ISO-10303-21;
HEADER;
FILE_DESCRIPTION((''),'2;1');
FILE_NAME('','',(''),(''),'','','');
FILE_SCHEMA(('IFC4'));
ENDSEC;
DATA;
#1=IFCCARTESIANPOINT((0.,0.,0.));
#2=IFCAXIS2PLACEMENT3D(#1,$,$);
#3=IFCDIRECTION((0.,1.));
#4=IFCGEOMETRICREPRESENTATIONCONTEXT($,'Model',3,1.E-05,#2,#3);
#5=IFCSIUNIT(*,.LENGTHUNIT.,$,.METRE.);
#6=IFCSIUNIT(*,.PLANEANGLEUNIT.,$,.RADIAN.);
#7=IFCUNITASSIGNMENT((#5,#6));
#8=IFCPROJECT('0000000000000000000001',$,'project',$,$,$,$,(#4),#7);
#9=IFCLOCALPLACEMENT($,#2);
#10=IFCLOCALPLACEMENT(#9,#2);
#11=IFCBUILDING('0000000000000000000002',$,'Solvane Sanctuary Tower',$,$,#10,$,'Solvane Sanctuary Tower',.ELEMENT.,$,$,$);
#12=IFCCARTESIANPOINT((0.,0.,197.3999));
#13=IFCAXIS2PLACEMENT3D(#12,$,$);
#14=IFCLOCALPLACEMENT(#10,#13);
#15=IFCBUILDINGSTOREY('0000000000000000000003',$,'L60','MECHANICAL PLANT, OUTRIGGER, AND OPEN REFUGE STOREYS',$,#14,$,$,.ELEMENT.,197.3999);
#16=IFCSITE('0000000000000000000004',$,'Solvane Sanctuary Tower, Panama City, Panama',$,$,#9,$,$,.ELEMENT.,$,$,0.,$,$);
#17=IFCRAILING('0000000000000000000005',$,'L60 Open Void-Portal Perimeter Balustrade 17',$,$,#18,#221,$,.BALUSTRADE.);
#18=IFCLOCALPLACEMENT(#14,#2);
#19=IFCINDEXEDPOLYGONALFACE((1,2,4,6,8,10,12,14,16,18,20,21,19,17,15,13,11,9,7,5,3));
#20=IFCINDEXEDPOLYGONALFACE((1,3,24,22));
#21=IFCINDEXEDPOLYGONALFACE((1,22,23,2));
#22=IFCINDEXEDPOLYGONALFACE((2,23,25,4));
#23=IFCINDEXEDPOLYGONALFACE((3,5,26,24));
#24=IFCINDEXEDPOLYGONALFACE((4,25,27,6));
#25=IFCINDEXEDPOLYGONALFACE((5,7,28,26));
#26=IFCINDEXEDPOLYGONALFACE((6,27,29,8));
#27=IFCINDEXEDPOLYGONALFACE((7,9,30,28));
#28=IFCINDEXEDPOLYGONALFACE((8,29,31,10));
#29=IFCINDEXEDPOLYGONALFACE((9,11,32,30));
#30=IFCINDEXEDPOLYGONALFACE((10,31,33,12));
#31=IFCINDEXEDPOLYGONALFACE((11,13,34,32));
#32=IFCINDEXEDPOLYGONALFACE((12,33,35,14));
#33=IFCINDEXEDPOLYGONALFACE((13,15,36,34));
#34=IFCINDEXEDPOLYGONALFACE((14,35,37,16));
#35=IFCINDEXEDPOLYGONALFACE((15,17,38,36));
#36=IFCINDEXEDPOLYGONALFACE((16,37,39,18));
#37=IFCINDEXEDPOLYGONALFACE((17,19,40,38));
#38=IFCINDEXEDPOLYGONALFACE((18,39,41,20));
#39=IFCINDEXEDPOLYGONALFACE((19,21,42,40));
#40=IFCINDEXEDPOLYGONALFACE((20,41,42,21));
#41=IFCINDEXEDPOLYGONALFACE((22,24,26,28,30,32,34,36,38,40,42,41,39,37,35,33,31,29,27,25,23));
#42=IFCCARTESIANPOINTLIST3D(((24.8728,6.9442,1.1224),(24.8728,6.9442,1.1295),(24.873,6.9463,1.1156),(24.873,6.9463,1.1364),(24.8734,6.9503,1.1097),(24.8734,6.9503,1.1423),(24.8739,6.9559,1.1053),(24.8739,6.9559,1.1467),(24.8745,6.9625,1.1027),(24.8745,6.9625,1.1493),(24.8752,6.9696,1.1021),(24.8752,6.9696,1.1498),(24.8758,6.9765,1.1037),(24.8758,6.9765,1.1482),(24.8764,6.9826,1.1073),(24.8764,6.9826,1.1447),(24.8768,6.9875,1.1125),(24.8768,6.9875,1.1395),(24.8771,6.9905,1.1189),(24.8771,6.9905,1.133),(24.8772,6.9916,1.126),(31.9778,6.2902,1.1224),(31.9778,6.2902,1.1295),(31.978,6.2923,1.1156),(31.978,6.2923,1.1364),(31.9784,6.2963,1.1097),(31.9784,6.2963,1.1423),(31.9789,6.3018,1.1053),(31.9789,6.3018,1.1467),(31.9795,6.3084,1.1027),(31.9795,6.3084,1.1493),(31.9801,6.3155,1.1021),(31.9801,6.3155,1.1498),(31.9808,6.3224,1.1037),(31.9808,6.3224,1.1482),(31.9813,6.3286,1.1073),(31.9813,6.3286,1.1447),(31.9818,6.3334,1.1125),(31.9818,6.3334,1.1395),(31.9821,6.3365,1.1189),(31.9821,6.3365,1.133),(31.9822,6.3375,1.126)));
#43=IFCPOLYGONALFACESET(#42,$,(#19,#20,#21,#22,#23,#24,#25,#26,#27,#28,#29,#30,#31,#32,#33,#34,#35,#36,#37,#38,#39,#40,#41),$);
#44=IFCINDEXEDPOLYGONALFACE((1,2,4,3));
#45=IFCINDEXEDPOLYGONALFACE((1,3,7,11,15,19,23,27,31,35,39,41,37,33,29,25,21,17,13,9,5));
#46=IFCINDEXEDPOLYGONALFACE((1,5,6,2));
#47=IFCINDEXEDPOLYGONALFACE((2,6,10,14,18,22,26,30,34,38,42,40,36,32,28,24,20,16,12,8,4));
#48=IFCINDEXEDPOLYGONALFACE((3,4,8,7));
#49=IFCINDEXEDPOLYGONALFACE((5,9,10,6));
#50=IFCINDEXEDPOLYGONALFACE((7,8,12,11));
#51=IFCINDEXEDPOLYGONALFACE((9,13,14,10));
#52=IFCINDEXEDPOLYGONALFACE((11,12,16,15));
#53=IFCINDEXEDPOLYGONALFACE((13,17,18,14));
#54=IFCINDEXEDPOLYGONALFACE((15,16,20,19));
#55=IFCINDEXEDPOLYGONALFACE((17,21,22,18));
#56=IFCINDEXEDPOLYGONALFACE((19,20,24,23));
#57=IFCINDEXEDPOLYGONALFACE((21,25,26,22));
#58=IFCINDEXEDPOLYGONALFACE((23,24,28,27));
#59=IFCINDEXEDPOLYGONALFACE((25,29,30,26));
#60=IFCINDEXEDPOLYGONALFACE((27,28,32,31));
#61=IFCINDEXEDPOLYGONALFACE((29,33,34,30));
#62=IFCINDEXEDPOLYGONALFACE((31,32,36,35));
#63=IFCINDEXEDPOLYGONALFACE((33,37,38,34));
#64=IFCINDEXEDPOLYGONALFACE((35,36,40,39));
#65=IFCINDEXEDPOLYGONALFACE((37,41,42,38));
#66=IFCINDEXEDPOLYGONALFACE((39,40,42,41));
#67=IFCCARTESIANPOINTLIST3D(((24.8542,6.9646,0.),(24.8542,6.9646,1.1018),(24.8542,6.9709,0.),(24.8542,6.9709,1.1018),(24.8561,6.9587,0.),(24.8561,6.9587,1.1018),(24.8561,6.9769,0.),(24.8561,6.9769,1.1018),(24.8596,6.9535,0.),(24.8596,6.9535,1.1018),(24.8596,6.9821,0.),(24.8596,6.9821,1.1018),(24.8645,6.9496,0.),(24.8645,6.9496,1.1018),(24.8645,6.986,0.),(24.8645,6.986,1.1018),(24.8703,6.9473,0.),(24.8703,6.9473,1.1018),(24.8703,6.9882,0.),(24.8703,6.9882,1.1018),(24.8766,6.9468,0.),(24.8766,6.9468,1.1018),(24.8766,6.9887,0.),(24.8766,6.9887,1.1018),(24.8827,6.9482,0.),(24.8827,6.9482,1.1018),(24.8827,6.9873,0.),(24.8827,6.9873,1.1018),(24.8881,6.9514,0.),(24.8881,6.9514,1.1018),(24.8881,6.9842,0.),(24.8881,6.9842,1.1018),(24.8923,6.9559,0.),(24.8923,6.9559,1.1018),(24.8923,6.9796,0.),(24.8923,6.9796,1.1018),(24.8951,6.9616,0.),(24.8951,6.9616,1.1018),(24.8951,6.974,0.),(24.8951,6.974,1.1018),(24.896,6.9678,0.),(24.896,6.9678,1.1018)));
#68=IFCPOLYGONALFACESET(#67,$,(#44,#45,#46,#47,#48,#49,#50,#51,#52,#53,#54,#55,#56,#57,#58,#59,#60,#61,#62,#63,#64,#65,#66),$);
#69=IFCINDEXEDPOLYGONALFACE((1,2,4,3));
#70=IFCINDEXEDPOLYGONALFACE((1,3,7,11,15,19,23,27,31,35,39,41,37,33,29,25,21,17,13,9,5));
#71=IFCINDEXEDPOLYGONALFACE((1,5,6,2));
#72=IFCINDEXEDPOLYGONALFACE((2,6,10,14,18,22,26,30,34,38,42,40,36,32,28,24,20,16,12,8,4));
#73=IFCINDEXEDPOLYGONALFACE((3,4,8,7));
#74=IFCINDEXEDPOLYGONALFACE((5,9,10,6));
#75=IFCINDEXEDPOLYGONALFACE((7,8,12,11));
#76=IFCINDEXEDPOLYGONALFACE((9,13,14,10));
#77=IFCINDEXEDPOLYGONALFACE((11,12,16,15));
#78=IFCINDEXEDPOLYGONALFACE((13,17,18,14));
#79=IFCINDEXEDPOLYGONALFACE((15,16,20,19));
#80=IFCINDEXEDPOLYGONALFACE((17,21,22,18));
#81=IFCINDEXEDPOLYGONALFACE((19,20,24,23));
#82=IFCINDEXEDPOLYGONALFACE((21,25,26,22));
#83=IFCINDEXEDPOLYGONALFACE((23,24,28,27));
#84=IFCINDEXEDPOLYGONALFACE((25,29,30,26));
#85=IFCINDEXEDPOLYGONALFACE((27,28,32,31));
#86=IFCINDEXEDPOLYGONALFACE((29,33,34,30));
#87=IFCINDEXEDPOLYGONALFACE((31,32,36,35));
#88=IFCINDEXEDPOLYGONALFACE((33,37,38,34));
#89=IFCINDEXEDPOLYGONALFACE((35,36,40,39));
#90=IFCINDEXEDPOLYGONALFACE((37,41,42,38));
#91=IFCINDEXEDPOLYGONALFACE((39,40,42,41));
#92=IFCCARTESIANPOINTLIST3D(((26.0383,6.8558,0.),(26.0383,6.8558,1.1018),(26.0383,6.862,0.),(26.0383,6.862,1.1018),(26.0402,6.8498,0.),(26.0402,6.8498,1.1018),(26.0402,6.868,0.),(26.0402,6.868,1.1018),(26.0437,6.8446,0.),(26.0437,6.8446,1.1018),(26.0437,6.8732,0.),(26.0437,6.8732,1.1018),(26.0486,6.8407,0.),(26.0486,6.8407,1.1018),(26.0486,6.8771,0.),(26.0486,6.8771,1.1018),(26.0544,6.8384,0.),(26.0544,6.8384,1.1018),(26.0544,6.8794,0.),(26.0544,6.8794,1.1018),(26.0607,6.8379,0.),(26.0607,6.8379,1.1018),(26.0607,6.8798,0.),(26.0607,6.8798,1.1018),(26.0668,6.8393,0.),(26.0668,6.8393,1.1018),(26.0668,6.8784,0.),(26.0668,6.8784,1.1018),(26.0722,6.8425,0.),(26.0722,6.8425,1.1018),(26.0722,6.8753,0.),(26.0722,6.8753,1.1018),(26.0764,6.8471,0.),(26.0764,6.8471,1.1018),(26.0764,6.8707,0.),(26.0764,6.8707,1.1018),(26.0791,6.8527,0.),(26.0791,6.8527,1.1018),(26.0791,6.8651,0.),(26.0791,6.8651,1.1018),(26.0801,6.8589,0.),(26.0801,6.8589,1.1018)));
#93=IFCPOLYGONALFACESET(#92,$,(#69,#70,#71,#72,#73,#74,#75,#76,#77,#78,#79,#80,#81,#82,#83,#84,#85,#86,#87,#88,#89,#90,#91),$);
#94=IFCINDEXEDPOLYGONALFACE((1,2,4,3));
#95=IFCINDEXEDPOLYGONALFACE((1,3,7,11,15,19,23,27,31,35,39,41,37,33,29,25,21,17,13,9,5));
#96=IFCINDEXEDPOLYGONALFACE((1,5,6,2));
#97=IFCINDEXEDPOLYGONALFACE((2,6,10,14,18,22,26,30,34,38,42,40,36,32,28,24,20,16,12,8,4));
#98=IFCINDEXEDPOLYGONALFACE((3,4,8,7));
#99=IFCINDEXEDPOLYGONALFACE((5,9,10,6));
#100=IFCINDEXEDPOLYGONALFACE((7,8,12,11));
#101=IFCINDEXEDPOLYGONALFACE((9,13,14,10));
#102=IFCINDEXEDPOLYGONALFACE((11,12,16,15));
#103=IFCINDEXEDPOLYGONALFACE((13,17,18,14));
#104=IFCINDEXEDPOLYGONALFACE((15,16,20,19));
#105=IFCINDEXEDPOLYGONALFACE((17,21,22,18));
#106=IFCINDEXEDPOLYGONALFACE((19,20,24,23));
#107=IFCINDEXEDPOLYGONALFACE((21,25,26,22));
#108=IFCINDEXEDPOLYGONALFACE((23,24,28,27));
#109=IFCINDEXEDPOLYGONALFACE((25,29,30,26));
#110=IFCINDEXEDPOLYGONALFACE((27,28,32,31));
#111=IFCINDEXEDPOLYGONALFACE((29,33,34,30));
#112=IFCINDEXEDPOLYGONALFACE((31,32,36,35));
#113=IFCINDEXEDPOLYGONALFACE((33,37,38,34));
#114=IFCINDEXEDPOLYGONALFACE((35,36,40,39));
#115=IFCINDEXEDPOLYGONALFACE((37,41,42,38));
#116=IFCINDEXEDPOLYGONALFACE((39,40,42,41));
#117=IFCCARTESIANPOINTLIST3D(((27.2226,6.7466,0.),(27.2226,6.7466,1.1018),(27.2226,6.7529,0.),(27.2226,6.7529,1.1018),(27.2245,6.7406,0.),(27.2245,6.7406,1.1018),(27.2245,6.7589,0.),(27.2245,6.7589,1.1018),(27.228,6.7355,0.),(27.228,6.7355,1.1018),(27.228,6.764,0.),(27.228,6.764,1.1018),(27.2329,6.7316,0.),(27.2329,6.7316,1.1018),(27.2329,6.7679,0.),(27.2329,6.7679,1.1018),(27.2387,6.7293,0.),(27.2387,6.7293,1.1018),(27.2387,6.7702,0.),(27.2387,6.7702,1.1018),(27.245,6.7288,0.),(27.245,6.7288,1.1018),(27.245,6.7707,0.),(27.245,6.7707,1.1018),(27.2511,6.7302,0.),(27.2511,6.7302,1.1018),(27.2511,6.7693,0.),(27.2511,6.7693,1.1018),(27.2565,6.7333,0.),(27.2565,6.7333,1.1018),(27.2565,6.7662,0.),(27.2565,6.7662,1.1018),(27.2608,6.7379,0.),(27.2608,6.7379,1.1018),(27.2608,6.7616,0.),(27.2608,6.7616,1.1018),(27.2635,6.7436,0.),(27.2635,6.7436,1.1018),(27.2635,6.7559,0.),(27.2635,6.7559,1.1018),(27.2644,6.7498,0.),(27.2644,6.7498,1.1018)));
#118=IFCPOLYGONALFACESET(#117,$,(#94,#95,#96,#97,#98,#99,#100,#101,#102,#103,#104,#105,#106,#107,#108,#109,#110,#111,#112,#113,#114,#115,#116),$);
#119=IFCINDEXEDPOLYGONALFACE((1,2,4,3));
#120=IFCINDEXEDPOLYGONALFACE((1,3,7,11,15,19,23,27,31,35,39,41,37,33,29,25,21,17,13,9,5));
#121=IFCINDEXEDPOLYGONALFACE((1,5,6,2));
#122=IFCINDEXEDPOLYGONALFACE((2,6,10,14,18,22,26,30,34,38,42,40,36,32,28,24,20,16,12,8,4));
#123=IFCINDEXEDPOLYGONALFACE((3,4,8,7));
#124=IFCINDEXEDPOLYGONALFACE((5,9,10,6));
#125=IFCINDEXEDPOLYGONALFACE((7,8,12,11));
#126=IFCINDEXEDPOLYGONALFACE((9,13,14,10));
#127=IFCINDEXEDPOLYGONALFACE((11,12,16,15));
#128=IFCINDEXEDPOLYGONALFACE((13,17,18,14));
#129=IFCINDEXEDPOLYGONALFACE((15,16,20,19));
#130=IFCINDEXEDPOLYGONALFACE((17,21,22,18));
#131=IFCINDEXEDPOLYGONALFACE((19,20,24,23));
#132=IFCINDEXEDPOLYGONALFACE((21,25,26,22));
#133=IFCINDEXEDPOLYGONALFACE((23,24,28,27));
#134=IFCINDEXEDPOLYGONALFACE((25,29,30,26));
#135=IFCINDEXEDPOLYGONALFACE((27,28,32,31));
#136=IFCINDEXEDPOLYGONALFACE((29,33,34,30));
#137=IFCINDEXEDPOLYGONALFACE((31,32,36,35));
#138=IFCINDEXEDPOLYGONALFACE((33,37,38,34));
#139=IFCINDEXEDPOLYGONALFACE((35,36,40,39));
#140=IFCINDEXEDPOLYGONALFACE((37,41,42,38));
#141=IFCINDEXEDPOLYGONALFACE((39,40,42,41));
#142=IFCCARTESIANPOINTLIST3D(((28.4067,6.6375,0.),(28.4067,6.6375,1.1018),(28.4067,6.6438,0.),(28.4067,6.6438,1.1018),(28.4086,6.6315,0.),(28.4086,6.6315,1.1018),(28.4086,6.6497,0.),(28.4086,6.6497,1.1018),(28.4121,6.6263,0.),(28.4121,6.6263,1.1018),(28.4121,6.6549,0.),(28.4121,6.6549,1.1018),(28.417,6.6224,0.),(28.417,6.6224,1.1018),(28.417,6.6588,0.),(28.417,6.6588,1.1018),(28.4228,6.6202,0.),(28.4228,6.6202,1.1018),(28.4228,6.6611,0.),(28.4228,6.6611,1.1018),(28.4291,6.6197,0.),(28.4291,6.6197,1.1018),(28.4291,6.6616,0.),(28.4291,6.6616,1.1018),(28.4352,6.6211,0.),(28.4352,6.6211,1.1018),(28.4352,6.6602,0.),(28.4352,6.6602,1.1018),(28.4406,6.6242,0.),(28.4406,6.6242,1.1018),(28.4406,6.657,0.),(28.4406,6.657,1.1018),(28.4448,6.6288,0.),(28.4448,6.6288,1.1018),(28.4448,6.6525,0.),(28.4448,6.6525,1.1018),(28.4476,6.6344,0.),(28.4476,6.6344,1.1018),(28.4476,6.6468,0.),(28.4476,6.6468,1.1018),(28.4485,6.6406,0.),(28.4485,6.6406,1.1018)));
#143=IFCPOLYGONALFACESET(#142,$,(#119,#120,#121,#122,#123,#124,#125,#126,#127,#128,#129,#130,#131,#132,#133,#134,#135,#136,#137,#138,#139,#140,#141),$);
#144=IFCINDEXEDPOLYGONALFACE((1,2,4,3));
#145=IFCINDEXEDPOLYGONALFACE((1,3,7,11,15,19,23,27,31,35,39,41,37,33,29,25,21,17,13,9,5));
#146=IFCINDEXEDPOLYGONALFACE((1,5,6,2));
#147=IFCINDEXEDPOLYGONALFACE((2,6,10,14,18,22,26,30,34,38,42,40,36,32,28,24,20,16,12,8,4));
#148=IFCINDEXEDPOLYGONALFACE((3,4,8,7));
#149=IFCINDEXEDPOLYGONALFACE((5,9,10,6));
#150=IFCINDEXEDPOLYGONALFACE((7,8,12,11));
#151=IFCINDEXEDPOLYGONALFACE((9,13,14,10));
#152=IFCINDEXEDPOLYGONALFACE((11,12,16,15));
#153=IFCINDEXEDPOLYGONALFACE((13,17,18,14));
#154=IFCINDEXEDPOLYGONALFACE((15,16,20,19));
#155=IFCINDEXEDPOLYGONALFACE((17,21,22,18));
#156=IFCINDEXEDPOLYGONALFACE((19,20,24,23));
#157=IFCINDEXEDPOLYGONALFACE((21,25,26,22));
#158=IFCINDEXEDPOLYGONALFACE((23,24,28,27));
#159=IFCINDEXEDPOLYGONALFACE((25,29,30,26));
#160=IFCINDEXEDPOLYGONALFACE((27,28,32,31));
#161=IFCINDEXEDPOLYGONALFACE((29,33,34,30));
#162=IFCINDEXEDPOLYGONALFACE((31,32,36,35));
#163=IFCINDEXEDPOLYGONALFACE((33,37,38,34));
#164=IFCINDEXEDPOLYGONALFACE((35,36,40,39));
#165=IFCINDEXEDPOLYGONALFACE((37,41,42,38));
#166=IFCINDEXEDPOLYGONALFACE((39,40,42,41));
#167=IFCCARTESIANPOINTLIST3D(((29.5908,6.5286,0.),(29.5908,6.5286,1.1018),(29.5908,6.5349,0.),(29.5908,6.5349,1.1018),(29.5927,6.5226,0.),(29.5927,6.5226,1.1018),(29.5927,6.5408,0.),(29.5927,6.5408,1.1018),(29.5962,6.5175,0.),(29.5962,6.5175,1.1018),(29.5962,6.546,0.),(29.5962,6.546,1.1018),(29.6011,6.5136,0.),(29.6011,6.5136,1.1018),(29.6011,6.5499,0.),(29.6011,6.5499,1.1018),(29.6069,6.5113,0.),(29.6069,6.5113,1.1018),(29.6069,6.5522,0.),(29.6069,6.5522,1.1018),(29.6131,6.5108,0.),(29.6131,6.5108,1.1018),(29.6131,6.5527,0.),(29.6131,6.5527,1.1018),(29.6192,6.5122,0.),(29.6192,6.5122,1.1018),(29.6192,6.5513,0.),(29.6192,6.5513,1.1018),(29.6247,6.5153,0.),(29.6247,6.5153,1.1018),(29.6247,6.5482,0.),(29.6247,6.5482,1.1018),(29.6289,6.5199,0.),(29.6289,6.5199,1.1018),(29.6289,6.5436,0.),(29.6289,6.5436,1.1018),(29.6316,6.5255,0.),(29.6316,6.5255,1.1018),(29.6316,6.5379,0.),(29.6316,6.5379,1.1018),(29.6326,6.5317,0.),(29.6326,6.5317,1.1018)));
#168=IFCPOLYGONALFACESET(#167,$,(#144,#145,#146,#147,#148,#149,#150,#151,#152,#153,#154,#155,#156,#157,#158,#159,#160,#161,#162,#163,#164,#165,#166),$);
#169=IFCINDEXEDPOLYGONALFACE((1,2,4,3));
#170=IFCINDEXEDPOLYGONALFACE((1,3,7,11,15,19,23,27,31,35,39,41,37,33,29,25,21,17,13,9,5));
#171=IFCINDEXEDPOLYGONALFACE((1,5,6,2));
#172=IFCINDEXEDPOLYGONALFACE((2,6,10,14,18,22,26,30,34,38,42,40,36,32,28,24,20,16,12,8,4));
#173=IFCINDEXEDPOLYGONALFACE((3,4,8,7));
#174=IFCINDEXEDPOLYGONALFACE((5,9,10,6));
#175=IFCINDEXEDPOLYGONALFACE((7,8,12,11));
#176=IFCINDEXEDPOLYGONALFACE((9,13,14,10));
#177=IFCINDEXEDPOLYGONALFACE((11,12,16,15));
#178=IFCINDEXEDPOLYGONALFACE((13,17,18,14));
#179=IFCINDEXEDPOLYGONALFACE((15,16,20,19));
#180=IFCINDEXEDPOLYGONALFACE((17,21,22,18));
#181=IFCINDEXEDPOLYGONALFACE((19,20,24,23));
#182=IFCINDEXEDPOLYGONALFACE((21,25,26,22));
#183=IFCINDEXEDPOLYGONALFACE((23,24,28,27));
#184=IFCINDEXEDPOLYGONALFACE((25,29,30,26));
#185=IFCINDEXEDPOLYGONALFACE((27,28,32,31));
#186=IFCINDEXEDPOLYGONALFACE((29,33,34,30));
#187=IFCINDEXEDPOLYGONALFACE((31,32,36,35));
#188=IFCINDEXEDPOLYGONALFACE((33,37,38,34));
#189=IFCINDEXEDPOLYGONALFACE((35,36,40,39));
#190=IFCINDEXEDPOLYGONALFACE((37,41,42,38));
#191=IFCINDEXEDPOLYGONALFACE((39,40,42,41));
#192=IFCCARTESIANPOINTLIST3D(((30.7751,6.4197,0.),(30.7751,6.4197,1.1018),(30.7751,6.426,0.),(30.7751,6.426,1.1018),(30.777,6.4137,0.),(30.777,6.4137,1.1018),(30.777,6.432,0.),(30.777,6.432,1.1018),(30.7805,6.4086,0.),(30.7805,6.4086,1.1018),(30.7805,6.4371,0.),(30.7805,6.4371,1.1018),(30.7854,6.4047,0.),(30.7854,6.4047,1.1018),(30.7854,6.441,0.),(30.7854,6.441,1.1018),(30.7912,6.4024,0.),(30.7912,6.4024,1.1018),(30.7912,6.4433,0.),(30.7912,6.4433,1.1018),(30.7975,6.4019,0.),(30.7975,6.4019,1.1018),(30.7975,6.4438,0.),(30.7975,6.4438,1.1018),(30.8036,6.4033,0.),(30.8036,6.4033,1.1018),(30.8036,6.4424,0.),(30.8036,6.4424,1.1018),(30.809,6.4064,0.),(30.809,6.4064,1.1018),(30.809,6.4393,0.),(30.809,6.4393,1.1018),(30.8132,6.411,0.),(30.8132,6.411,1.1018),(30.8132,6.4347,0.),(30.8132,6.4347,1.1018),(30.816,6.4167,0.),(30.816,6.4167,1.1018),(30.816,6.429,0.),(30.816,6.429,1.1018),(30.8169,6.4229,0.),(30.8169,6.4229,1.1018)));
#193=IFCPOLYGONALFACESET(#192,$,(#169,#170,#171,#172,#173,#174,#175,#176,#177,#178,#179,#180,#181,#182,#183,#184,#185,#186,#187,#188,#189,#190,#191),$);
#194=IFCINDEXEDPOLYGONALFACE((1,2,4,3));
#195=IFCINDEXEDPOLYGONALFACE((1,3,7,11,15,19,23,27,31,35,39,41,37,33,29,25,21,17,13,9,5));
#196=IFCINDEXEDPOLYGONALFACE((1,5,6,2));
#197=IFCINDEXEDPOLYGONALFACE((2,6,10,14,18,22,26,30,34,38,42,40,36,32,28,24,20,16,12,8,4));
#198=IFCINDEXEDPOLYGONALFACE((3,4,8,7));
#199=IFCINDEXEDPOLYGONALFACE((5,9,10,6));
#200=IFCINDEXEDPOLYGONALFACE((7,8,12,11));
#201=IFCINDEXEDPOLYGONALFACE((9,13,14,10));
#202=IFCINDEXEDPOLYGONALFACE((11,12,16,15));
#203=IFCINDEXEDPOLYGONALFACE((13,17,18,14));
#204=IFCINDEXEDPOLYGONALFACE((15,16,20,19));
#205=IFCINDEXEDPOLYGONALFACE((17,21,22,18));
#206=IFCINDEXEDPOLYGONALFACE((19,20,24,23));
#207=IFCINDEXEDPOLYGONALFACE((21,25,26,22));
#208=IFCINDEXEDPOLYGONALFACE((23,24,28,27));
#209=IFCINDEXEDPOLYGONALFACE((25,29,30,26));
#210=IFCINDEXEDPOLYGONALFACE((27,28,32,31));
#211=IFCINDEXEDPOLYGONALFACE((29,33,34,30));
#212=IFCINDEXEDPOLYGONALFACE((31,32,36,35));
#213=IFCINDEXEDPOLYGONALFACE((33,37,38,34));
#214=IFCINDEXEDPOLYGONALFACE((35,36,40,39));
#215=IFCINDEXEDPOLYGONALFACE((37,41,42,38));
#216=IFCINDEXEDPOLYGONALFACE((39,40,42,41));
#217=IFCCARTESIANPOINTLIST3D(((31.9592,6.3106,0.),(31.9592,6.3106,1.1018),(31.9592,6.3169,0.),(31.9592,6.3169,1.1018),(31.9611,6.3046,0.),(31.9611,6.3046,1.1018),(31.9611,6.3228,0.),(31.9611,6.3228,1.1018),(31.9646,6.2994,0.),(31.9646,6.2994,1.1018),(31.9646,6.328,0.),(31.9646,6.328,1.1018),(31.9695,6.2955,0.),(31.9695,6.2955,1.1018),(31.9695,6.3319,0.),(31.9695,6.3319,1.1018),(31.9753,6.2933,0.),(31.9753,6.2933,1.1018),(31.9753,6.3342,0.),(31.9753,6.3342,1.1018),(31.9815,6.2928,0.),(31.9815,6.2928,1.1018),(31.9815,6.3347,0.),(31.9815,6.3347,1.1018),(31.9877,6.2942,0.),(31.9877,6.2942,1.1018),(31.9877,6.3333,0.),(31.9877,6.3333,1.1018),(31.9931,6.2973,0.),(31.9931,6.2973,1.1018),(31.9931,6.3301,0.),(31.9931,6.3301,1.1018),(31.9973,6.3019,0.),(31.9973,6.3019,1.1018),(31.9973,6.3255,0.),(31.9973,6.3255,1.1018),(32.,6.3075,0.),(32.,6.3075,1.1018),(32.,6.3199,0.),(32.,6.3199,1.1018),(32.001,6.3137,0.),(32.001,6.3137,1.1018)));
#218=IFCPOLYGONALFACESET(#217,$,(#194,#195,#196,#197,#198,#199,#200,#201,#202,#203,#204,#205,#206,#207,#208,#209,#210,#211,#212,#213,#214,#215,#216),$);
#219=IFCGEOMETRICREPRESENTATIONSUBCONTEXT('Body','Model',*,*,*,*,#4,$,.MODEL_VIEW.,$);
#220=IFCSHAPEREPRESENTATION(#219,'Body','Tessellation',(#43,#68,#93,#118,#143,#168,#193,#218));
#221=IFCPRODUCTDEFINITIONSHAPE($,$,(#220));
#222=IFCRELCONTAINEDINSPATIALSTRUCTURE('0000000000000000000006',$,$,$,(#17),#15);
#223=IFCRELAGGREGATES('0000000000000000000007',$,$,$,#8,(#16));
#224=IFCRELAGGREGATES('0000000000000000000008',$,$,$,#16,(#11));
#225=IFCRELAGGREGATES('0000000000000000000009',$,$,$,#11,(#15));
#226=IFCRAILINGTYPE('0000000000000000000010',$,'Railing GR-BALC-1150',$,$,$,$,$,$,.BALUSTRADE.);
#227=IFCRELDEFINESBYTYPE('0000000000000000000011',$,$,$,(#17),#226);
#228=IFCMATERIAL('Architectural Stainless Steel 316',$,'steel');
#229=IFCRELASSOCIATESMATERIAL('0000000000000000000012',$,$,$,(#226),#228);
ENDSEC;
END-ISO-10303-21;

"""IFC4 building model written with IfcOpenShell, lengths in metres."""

from ifc_helpers import new_model, si_unit, direction, frame, origin, origin_2d, place, context, subcontext, project, spatial, circle, extrude, material, type_object, element, save


model = new_model("IFC4")

# Units and contexts
model_context = context("Model", 3, precision=1e-05, world=origin(), true_north=direction((0.0, 1.0)))
body_context = subcontext(model_context, "Body", "Model", "MODEL_VIEW")
ifc_project = project(units=[si_unit("LENGTHUNIT", "METRE"), si_unit("PLANEANGLEUNIT", "RADIAN")], contexts=[model_context])

# Site, building, storey
site_placement = place(None, origin())
site = spatial("IfcSite", under=ifc_project, at=site_placement, Name="Solvane Sanctuary Tower, Panama City, Panama", CompositionType="ELEMENT", RefElevation=0.0)
building_placement = place(site_placement, origin())
building = spatial("IfcBuilding", under=site, at=building_placement, Name="Solvane Sanctuary Tower", LongName="Solvane Sanctuary Tower", CompositionType="ELEMENT")
storey_placement = place(building_placement, frame((0.0, 0.0, 197.3999)))
storey = spatial("IfcBuildingStorey", under=building, at=storey_placement, Name="L60", Description="MECHANICAL PLANT, OUTRIGGER, AND OPEN REFUGE STOREYS", CompositionType="ELEMENT", Elevation=197.3999)

# Shared definitions
ifc_material_1 = material(Name="Architectural Stainless Steel 316", Category="steel")

# Railing
railing_type_1 = type_object("IfcRailingType", Name="Railing GR-BALC-1150", PredefinedType="BALUSTRADE", material=ifc_material_1)
railing_1_placement = place(storey_placement, frame((24.875, 6.9678, 0.0)))
element("IfcRailing", 1, at=railing_1_placement, inside=storey, type_object=railing_type_1, Name="L60 Open Void-Portal Perimeter Balustrade 17", PredefinedType="BALUSTRADE", context=body_context, shape_type="SweptSolid", body=[
    extrude(circle(Radius=0.0239, at=origin_2d()), frame((0.0, 0.0, 1.126), z_axis=(0.99579, -0.091668, 0.0), x_axis=(0.091668, 0.99579, 0.0)), (0.0, 0.0, 1.0), 7.135),
    extrude(circle(Radius=0.021, at=origin_2d()), origin(), (0.0, 0.0, 1.0), 1.1018),
    extrude(circle(Radius=0.021, at=origin_2d()), frame((1.1841, -0.1089, 0.0)), (0.0, 0.0, 1.0), 1.1018),
    extrude(circle(Radius=0.021, at=origin_2d()), frame((2.3684, -0.218, 0.0)), (0.0, 0.0, 1.0), 1.1018),
    extrude(circle(Radius=0.021, at=origin_2d()), frame((3.5525, -0.3271, 0.0)), (0.0, 0.0, 1.0), 1.1018),
    extrude(circle(Radius=0.021, at=origin_2d()), frame((4.7366, -0.436, 0.0)), (0.0, 0.0, 1.0), 1.1018),
    extrude(circle(Radius=0.021, at=origin_2d()), frame((5.9209, -0.5449, 0.0)), (0.0, 0.0, 1.0), 1.1018),
    extrude(circle(Radius=0.021, at=origin_2d()), frame((7.105, -0.6541, 0.0)), (0.0, 0.0, 1.0), 1.1018),
])

save(model, "model.ifc")
